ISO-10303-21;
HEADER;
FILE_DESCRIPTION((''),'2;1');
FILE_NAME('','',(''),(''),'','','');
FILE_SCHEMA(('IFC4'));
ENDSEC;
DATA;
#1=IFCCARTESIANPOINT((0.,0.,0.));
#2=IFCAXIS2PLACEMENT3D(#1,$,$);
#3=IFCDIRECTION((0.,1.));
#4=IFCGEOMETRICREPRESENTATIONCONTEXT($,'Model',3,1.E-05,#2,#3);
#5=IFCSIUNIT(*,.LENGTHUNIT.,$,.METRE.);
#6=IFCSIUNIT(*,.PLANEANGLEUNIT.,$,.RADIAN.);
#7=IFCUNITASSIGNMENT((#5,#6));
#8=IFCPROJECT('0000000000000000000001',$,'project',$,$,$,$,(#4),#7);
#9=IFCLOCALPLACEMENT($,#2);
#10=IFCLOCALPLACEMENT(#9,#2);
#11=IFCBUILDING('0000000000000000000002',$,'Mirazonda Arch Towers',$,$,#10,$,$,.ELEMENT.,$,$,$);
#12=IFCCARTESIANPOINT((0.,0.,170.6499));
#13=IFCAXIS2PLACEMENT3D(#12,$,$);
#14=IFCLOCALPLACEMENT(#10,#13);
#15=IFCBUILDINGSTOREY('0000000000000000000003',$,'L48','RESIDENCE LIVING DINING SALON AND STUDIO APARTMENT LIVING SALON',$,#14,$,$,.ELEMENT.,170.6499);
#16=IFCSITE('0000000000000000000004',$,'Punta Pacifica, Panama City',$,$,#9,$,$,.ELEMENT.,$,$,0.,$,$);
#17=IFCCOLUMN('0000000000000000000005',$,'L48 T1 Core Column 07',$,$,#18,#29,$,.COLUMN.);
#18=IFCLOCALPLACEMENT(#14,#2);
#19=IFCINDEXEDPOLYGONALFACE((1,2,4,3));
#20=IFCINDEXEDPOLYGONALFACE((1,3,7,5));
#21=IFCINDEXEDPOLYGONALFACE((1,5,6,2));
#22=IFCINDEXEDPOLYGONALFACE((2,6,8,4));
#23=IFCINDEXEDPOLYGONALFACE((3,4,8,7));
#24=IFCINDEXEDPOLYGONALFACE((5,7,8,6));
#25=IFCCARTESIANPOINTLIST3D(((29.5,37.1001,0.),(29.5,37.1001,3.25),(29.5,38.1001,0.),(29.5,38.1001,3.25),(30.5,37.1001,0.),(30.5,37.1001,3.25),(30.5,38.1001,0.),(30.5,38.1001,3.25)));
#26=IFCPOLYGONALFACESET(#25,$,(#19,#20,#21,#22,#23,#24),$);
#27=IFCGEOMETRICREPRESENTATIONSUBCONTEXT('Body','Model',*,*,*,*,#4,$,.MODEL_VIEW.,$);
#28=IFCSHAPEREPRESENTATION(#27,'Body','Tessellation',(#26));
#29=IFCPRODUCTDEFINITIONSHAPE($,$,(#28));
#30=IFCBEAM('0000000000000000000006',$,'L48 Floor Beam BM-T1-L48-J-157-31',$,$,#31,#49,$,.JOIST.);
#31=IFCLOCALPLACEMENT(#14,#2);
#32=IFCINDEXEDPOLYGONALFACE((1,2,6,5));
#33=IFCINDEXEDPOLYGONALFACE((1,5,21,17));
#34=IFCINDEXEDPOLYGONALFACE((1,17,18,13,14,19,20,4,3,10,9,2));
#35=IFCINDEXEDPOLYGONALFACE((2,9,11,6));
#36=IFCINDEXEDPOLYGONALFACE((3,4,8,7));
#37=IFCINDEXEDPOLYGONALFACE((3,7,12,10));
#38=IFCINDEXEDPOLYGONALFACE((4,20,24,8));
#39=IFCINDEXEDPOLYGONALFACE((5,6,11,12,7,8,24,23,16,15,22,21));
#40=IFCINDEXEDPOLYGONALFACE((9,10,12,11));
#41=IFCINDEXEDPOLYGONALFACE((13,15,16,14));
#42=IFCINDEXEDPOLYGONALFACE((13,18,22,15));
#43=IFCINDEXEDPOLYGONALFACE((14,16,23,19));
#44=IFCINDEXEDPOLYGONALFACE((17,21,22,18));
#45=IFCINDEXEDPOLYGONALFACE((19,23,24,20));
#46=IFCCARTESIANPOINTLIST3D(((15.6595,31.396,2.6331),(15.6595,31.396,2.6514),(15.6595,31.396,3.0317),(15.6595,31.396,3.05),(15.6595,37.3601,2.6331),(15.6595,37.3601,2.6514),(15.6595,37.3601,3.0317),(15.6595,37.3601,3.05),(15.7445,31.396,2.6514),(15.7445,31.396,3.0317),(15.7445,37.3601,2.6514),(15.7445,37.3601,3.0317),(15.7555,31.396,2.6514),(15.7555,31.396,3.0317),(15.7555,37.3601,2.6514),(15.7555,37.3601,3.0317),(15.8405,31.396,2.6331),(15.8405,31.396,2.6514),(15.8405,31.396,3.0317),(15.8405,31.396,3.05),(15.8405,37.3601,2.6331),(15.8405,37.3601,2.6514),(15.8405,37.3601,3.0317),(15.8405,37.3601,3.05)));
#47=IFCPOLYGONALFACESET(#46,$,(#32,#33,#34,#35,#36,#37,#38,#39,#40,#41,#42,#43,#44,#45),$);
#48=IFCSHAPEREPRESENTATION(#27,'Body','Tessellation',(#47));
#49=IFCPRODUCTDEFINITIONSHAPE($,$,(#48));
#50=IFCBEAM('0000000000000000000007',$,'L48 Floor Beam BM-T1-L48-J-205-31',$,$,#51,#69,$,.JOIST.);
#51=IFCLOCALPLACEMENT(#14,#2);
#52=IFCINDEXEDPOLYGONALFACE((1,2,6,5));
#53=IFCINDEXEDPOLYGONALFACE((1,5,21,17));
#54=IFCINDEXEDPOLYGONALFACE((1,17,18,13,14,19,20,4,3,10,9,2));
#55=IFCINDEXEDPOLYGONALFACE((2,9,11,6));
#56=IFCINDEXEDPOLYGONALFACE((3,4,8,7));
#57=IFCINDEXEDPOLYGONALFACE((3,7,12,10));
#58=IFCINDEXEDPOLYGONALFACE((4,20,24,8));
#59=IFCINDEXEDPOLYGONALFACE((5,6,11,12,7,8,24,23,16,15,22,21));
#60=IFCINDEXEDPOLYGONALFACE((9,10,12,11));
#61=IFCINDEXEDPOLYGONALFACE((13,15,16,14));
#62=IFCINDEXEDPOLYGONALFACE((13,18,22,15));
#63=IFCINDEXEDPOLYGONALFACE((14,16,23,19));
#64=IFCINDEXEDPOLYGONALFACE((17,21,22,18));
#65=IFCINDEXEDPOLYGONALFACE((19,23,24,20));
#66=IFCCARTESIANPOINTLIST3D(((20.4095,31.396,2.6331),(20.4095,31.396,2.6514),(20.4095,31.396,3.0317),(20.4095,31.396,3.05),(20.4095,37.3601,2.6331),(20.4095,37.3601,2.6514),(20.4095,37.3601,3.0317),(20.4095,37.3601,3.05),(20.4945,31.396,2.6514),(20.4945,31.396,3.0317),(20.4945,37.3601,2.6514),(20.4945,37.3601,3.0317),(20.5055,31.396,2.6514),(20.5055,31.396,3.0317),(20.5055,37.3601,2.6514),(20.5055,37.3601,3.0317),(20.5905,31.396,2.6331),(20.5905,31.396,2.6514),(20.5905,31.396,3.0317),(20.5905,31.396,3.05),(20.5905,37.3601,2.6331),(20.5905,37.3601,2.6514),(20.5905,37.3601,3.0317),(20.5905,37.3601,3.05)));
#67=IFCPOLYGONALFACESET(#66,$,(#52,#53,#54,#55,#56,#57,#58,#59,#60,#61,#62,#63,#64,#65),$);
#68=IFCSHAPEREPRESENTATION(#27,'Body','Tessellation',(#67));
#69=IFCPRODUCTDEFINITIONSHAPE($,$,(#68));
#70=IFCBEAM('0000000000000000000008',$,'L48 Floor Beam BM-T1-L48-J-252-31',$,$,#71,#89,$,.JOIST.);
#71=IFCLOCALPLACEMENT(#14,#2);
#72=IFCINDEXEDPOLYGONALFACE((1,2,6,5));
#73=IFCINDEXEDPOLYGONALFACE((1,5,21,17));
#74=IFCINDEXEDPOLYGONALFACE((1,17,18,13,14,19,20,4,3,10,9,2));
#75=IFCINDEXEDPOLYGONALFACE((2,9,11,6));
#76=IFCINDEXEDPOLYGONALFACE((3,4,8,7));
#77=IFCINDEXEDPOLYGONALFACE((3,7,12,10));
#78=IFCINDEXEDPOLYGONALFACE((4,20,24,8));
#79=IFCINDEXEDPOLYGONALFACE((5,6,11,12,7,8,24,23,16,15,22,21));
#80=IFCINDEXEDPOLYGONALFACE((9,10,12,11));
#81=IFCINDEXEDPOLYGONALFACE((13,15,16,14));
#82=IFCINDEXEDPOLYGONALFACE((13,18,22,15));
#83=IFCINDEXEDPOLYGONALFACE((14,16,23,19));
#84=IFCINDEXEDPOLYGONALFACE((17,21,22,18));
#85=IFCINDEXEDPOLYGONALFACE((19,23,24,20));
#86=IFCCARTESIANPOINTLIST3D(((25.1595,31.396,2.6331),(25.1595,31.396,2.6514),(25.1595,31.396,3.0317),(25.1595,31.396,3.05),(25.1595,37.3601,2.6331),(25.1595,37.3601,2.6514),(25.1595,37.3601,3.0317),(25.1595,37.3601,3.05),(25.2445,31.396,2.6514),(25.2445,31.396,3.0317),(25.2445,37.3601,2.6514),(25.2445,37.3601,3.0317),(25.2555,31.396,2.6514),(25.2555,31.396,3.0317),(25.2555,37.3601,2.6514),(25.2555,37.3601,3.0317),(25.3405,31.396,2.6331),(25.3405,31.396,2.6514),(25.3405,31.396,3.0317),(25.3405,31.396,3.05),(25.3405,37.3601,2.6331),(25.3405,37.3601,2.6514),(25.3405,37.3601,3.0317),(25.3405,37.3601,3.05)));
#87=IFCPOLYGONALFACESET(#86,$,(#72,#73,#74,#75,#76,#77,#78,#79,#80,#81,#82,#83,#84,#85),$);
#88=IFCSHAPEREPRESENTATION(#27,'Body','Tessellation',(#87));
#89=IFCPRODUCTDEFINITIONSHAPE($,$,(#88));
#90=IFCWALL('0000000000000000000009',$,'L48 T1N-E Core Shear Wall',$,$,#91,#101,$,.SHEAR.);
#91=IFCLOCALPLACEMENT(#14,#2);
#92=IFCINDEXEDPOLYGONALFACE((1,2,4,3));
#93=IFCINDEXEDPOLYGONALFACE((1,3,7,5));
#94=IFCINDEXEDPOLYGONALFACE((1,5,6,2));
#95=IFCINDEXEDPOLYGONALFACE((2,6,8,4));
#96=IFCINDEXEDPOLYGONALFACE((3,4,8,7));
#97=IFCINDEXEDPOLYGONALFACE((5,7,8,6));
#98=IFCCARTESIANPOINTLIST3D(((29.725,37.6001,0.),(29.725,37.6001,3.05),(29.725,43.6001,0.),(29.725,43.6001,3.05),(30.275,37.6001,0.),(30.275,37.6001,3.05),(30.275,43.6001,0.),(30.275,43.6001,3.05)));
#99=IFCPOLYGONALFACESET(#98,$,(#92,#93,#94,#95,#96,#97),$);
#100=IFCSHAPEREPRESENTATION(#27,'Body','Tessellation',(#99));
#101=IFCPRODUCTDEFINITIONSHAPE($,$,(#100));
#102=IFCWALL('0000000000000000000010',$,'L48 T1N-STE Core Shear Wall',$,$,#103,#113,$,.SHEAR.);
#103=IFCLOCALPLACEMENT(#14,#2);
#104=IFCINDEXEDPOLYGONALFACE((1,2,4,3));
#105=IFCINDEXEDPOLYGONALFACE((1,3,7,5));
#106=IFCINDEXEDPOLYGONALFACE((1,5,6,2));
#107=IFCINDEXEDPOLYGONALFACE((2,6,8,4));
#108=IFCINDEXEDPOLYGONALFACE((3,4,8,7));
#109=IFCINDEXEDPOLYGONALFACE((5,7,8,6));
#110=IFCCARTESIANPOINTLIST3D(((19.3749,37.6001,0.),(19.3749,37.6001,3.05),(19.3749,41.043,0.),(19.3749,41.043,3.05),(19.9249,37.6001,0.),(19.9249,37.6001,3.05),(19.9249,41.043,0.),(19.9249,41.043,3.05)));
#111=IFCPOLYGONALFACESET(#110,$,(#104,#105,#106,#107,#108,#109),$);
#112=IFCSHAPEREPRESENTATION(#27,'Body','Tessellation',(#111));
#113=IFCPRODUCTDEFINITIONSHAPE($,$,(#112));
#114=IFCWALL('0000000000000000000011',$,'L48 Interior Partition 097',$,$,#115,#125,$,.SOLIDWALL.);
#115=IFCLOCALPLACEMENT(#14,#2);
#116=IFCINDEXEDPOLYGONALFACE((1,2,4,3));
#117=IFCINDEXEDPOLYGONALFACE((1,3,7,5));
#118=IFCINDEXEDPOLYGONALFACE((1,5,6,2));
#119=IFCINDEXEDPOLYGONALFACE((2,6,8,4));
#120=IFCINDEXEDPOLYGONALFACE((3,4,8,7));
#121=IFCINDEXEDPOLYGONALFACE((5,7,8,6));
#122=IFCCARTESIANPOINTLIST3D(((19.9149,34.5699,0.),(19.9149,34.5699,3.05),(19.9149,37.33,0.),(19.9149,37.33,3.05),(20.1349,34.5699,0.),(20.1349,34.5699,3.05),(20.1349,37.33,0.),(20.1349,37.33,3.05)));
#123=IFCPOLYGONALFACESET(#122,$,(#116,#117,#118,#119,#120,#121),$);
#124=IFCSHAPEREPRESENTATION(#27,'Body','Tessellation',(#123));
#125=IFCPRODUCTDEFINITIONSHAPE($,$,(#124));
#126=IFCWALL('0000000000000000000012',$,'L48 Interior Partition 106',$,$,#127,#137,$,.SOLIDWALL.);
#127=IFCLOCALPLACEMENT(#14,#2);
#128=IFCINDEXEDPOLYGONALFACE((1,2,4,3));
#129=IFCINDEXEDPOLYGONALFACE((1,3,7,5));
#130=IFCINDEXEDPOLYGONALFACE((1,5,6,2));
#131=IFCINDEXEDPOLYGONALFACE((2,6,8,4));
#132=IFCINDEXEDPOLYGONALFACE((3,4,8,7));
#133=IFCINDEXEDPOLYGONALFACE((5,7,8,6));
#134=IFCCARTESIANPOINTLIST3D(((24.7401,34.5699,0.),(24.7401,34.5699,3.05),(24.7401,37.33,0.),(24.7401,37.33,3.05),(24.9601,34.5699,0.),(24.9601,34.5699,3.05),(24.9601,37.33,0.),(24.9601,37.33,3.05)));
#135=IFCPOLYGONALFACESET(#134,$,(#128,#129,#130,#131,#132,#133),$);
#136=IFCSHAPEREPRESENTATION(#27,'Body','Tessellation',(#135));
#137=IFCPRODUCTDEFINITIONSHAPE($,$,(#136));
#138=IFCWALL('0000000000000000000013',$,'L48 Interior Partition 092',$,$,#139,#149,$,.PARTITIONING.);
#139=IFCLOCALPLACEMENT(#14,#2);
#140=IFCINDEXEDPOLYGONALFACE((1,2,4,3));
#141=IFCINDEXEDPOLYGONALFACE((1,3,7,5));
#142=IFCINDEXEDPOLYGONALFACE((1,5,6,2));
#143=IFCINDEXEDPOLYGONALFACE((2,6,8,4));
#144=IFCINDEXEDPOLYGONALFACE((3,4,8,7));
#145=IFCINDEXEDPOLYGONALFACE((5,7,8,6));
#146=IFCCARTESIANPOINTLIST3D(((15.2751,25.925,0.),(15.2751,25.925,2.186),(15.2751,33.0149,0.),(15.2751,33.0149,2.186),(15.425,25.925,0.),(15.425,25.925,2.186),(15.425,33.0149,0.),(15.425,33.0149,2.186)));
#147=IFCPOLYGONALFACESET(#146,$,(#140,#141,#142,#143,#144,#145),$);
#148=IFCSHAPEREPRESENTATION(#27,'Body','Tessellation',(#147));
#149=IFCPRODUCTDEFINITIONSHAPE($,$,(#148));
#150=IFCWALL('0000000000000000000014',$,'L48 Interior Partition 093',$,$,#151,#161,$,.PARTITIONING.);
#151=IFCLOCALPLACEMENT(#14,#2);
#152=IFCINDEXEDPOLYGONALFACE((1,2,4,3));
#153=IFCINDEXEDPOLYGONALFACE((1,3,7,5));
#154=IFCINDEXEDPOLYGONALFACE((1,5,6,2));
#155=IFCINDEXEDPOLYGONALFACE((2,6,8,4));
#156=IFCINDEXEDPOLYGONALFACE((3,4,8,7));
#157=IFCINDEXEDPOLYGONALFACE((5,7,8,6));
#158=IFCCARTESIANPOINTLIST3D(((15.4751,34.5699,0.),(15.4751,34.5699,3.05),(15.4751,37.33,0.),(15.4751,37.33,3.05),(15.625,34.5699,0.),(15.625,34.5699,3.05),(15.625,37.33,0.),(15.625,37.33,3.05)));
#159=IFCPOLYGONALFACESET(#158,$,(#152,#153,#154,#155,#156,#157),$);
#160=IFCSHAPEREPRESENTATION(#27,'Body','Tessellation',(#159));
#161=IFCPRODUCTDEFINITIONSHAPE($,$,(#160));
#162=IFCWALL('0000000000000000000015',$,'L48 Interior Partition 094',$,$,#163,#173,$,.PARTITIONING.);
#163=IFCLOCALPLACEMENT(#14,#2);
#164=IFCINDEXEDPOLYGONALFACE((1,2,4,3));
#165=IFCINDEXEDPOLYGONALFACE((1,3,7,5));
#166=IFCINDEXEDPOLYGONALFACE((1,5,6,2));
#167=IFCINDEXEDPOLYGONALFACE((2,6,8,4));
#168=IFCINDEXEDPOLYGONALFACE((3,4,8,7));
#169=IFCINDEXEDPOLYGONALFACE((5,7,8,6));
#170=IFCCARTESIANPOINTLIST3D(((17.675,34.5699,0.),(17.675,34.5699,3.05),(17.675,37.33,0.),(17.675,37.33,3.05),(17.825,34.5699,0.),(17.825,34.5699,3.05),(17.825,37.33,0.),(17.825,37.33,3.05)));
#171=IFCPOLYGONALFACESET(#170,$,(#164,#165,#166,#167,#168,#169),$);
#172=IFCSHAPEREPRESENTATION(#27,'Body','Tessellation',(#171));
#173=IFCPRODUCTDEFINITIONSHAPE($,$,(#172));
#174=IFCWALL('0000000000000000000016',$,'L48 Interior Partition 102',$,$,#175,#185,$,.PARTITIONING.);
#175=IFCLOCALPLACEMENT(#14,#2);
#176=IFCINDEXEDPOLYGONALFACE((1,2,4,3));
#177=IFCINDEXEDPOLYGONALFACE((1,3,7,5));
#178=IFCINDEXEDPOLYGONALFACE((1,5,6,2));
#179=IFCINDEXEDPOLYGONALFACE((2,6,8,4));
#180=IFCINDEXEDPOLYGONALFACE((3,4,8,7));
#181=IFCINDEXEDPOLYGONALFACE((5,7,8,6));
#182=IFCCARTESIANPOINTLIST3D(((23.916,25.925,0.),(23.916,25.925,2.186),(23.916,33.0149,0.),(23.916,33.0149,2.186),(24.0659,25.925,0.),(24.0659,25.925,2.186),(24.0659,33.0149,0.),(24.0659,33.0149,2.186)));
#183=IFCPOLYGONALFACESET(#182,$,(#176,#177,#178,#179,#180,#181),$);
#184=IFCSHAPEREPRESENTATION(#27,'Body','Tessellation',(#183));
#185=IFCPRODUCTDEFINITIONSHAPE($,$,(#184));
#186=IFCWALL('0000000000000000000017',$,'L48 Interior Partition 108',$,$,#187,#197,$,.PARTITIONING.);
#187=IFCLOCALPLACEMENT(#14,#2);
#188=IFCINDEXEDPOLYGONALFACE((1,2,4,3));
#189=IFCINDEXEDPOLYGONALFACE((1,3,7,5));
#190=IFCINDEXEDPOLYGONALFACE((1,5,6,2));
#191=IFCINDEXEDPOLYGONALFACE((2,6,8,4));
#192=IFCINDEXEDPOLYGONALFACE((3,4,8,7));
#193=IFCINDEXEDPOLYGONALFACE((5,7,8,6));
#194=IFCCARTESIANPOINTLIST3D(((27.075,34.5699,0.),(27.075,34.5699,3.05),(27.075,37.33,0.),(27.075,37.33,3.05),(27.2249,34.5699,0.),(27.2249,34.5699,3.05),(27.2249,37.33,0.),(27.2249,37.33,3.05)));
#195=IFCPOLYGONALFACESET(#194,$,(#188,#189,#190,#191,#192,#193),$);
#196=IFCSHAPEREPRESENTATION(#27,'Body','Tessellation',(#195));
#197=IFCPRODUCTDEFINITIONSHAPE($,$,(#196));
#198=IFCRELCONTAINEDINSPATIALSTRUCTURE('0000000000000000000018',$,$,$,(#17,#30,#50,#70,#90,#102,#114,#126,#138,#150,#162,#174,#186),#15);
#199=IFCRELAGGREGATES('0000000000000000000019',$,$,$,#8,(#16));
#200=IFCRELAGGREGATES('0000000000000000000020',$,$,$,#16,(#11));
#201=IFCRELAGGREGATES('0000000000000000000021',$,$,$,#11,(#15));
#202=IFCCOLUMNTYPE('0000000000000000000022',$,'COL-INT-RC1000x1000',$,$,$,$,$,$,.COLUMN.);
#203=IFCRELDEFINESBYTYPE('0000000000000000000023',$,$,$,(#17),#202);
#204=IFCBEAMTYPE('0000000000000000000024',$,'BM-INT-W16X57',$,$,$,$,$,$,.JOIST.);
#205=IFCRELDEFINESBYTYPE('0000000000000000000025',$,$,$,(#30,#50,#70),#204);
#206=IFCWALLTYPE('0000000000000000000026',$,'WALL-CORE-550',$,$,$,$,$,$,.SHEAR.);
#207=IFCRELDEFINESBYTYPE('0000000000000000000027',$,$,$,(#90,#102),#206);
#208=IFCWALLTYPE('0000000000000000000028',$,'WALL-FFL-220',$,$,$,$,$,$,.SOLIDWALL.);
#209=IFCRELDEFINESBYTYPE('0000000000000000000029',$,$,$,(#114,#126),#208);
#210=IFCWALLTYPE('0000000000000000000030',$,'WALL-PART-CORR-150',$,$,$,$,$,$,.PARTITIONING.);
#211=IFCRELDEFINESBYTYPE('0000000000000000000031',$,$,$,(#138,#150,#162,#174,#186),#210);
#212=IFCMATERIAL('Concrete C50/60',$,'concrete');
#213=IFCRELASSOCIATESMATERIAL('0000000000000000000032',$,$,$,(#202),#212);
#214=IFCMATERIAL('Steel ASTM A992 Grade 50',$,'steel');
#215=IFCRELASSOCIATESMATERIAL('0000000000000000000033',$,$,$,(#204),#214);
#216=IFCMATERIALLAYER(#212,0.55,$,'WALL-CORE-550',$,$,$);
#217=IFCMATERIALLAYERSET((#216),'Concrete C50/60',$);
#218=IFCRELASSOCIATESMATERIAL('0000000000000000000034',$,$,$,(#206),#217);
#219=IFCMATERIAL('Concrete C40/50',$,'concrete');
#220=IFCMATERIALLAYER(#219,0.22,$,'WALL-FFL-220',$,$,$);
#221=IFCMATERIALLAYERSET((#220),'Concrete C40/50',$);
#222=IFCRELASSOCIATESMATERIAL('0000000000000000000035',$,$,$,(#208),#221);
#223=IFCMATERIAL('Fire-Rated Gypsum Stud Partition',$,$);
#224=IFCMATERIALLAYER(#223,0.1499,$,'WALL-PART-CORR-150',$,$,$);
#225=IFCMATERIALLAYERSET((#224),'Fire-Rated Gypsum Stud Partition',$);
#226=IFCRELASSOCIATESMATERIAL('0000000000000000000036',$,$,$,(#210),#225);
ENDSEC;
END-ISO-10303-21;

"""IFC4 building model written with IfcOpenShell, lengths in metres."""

from ifc_helpers import new_model, si_unit, direction, frame, frame_2d, origin, origin_2d, place, context, subcontext, project, spatial, rectangle, i_section, extrude, material, layer, layer_set, material_profile, profile_set, type_object, element, save


model = new_model("IFC4")

# Units and contexts
model_context = context("Model", 3, precision=1e-05, world=origin(), true_north=direction((0.0, 1.0)))
body_context = subcontext(model_context, "Body", "Model", "MODEL_VIEW")
ifc_project = project(units=[si_unit("LENGTHUNIT", "METRE"), si_unit("PLANEANGLEUNIT", "RADIAN")], contexts=[model_context])

# Site, building, storey
site_placement = place(None, origin())
site = spatial("IfcSite", under=ifc_project, at=site_placement, Name="Punta Pacifica, Panama City", CompositionType="ELEMENT", RefElevation=0.0)
building_placement = place(site_placement, origin())
building = spatial("IfcBuilding", under=site, at=building_placement, Name="Mirazonda Arch Towers", CompositionType="ELEMENT")
storey_placement = place(building_placement, frame((0.0, 0.0, 170.6499)))
storey = spatial("IfcBuildingStorey", under=building, at=storey_placement, Name="L48", Description="RESIDENCE LIVING DINING SALON AND STUDIO APARTMENT LIVING SALON", CompositionType="ELEMENT", Elevation=170.6499)

# Column
ifc_material_1 = material(Name="Concrete C50/60", Category="concrete")
ifc_material_profile_1 = material_profile(ifc_material_1, rectangle(XDim=1.0, YDim=1.0, at=origin_2d()), Name="RC1000x1000")
ifc_profile_set_1 = profile_set([ifc_material_profile_1], Name="Concrete C50/60")
column_type = type_object("IfcColumnType", Name="COL-INT-RC1000x1000", PredefinedType="COLUMN", material=ifc_profile_set_1)
column_placement = place(storey_placement, frame((30.0, 37.6001, 0.0), z_axis=(0.0, 0.0, 1.0), x_axis=(1.0, 0.0, 0.0)))
element("IfcColumn", 1, at=column_placement, inside=storey, type_object=column_type, Name="L48 T1 Core Column 07", PredefinedType="COLUMN", context=body_context, shape_type="SweptSolid", body=[
    extrude(rectangle(XDim=1.0, YDim=1.0, at=origin_2d()), origin(), (0.0, 0.0, 1.0), 3.25),
])

# Beams
ifc_material_2 = material(Name="Steel ASTM A992 Grade 50", Category="steel")
ifc_material_profile_2 = material_profile(ifc_material_2, i_section(OverallWidth=0.1809, OverallDepth=0.417, WebThickness=0.011, FlangeThickness=0.0183, at=origin_2d()), Name="W16X57")
ifc_profile_set_2 = profile_set([ifc_material_profile_2], Name="Steel ASTM A992 Grade 50")
beam_type = type_object("IfcBeamType", Name="BM-INT-W16X57", PredefinedType="JOIST", material=ifc_profile_set_2)
for number, where, z_axis, x_axis, name in (
    (2, (15.75, 31.396, 2.8416), (0.0, 1.0, 0.0), (-1.0, 0.0, 0.0), "L48 Floor Beam BM-T1-L48-J-157-31"),
    (3, (20.5, 31.396, 2.8416), (0.0, 1.0, 0.0), (-1.0, 0.0, 0.0), "L48 Floor Beam BM-T1-L48-J-205-31"),
    (4, (25.25, 31.396, 2.8416), (0.0, 1.0, 0.0), (-1.0, 0.0, 0.0), "L48 Floor Beam BM-T1-L48-J-252-31"),
):
    element("IfcBeam", number, at=place(storey_placement, frame(where, z_axis=z_axis, x_axis=x_axis)), inside=storey, type_object=beam_type, Name=name, PredefinedType="JOIST", context=body_context, shape_type="SweptSolid", body=[
        extrude(i_section(OverallWidth=0.1809, OverallDepth=0.417, WebThickness=0.011, FlangeThickness=0.0183, at=origin_2d()), origin(), (0.0, 0.0, 1.0), 5.9641),
    ])

# Walls
ifc_layer_1 = layer(ifc_material_1, 0.55, Name="WALL-CORE-550")
ifc_layer_set_1 = layer_set([ifc_layer_1], Name="Concrete C50/60")
wall_type_1 = type_object("IfcWallType", Name="WALL-CORE-550", PredefinedType="SHEAR", material=ifc_layer_set_1)
wall_1_placement = place(storey_placement, frame((30.0, 37.6001, 0.0), z_axis=(0.0, 0.0, 1.0), x_axis=(0.0, 1.0, 0.0)))
element("IfcWall", 5, at=wall_1_placement, inside=storey, type_object=wall_type_1, Name="L48 T1N-E Core Shear Wall", PredefinedType="SHEAR", context=body_context, shape_type="SweptSolid", body=[
    extrude(rectangle(XDim=6.0, YDim=0.55, at=frame_2d((3.0, 0.0))), origin(), (0.0, 0.0, 1.0), 3.05),
])
wall_2_placement = place(storey_placement, frame((19.6499, 37.6001, 0.0), z_axis=(0.0, 0.0, 1.0), x_axis=(0.0, 1.0, 0.0)))
element("IfcWall", 6, at=wall_2_placement, inside=storey, type_object=wall_type_1, Name="L48 T1N-STE Core Shear Wall", PredefinedType="SHEAR", context=body_context, shape_type="SweptSolid", body=[
    extrude(rectangle(XDim=3.4429, YDim=0.55, at=frame_2d((1.7214, 0.0))), origin(), (0.0, 0.0, 1.0), 3.05),
])

# Shared definitions
ifc_material_3 = material(Name="Concrete C40/50", Category="concrete")
ifc_layer_2 = layer(ifc_material_3, 0.22, Name="WALL-FFL-220")
ifc_layer_set_2 = layer_set([ifc_layer_2], Name="Concrete C40/50")
wall_type_2 = type_object("IfcWallType", Name="WALL-FFL-220", PredefinedType="SOLIDWALL", material=ifc_layer_set_2)

# Walls
for number, where, z_axis, x_axis, name in (
    (7, (20.0249, 34.5701, 0.0), (0.0, 0.0, 1.0), (0.0, 1.0, 0.0), "L48 Interior Partition 097"),
    (8, (24.8501, 34.5701, 0.0), (0.0, 0.0, 1.0), (0.0, 1.0, 0.0), "L48 Interior Partition 106"),
):
    element("IfcWall", number, at=place(storey_placement, frame(where, z_axis=z_axis, x_axis=x_axis)), inside=storey, type_object=wall_type_2, Name=name, PredefinedType="SOLIDWALL", context=body_context, shape_type="SweptSolid", body=[
        extrude(rectangle(XDim=2.76, YDim=0.22, at=frame_2d((1.3799, 0.0))), origin(), (0.0, 0.0, 1.0), 3.05),
    ])
ifc_material_4 = material(Name="Fire-Rated Gypsum Stud Partition")
ifc_layer_3 = layer(ifc_material_4, 0.1499, Name="WALL-PART-CORR-150")
ifc_layer_set_3 = layer_set([ifc_layer_3], Name="Fire-Rated Gypsum Stud Partition")
wall_type_3 = type_object("IfcWallType", Name="WALL-PART-CORR-150", PredefinedType="PARTITIONING", material=ifc_layer_set_3)
wall_3_placement = place(storey_placement, frame((15.3501, 25.925, 0.0), z_axis=(0.0, 0.0, 1.0), x_axis=(0.0, 1.0, 0.0)))
element("IfcWall", 9, at=wall_3_placement, inside=storey, type_object=wall_type_3, Name="L48 Interior Partition 092", PredefinedType="PARTITIONING", context=body_context, shape_type="SweptSolid", body=[
    extrude(rectangle(XDim=7.0898, YDim=0.1499, at=frame_2d((3.5449, 0.0))), origin(), (0.0, 0.0, 1.0), 2.186),
])
for number, where, z_axis, x_axis, name in (
    (10, (15.55, 34.5701, 0.0), (0.0, 0.0, 1.0), (0.0, 1.0, 0.0), "L48 Interior Partition 093"),
    (11, (17.75, 34.5701, 0.0), (0.0, 0.0, 1.0), (0.0, 1.0, 0.0), "L48 Interior Partition 094"),
):
    element("IfcWall", number, at=place(storey_placement, frame(where, z_axis=z_axis, x_axis=x_axis)), inside=storey, type_object=wall_type_3, Name=name, PredefinedType="PARTITIONING", context=body_context, shape_type="SweptSolid", body=[
        extrude(rectangle(XDim=2.76, YDim=0.1499, at=frame_2d((1.3799, 0.0))), origin(), (0.0, 0.0, 1.0), 3.05),
    ])
wall_4_placement = place(storey_placement, frame((23.991, 25.925, 0.0), z_axis=(0.0, 0.0, 1.0), x_axis=(0.0, 1.0, 0.0)))
element("IfcWall", 12, at=wall_4_placement, inside=storey, type_object=wall_type_3, Name="L48 Interior Partition 102", PredefinedType="PARTITIONING", context=body_context, shape_type="SweptSolid", body=[
    extrude(rectangle(XDim=7.0898, YDim=0.1499, at=frame_2d((3.5449, 0.0))), origin(), (0.0, 0.0, 1.0), 2.186),
])
for number, where, z_axis, x_axis, name in (
    (13, (27.1499, 34.5701, 0.0), (0.0, 0.0, 1.0), (0.0, 1.0, 0.0), "L48 Interior Partition 108"),
):
    element("IfcWall", number, at=place(storey_placement, frame(where, z_axis=z_axis, x_axis=x_axis)), inside=storey, type_object=wall_type_3, Name=name, PredefinedType="PARTITIONING", context=body_context, shape_type="SweptSolid", body=[
        extrude(rectangle(XDim=2.76, YDim=0.1499, at=frame_2d((1.3799, 0.0))), origin(), (0.0, 0.0, 1.0), 3.05),
    ])

save(model, "model.ifc")
